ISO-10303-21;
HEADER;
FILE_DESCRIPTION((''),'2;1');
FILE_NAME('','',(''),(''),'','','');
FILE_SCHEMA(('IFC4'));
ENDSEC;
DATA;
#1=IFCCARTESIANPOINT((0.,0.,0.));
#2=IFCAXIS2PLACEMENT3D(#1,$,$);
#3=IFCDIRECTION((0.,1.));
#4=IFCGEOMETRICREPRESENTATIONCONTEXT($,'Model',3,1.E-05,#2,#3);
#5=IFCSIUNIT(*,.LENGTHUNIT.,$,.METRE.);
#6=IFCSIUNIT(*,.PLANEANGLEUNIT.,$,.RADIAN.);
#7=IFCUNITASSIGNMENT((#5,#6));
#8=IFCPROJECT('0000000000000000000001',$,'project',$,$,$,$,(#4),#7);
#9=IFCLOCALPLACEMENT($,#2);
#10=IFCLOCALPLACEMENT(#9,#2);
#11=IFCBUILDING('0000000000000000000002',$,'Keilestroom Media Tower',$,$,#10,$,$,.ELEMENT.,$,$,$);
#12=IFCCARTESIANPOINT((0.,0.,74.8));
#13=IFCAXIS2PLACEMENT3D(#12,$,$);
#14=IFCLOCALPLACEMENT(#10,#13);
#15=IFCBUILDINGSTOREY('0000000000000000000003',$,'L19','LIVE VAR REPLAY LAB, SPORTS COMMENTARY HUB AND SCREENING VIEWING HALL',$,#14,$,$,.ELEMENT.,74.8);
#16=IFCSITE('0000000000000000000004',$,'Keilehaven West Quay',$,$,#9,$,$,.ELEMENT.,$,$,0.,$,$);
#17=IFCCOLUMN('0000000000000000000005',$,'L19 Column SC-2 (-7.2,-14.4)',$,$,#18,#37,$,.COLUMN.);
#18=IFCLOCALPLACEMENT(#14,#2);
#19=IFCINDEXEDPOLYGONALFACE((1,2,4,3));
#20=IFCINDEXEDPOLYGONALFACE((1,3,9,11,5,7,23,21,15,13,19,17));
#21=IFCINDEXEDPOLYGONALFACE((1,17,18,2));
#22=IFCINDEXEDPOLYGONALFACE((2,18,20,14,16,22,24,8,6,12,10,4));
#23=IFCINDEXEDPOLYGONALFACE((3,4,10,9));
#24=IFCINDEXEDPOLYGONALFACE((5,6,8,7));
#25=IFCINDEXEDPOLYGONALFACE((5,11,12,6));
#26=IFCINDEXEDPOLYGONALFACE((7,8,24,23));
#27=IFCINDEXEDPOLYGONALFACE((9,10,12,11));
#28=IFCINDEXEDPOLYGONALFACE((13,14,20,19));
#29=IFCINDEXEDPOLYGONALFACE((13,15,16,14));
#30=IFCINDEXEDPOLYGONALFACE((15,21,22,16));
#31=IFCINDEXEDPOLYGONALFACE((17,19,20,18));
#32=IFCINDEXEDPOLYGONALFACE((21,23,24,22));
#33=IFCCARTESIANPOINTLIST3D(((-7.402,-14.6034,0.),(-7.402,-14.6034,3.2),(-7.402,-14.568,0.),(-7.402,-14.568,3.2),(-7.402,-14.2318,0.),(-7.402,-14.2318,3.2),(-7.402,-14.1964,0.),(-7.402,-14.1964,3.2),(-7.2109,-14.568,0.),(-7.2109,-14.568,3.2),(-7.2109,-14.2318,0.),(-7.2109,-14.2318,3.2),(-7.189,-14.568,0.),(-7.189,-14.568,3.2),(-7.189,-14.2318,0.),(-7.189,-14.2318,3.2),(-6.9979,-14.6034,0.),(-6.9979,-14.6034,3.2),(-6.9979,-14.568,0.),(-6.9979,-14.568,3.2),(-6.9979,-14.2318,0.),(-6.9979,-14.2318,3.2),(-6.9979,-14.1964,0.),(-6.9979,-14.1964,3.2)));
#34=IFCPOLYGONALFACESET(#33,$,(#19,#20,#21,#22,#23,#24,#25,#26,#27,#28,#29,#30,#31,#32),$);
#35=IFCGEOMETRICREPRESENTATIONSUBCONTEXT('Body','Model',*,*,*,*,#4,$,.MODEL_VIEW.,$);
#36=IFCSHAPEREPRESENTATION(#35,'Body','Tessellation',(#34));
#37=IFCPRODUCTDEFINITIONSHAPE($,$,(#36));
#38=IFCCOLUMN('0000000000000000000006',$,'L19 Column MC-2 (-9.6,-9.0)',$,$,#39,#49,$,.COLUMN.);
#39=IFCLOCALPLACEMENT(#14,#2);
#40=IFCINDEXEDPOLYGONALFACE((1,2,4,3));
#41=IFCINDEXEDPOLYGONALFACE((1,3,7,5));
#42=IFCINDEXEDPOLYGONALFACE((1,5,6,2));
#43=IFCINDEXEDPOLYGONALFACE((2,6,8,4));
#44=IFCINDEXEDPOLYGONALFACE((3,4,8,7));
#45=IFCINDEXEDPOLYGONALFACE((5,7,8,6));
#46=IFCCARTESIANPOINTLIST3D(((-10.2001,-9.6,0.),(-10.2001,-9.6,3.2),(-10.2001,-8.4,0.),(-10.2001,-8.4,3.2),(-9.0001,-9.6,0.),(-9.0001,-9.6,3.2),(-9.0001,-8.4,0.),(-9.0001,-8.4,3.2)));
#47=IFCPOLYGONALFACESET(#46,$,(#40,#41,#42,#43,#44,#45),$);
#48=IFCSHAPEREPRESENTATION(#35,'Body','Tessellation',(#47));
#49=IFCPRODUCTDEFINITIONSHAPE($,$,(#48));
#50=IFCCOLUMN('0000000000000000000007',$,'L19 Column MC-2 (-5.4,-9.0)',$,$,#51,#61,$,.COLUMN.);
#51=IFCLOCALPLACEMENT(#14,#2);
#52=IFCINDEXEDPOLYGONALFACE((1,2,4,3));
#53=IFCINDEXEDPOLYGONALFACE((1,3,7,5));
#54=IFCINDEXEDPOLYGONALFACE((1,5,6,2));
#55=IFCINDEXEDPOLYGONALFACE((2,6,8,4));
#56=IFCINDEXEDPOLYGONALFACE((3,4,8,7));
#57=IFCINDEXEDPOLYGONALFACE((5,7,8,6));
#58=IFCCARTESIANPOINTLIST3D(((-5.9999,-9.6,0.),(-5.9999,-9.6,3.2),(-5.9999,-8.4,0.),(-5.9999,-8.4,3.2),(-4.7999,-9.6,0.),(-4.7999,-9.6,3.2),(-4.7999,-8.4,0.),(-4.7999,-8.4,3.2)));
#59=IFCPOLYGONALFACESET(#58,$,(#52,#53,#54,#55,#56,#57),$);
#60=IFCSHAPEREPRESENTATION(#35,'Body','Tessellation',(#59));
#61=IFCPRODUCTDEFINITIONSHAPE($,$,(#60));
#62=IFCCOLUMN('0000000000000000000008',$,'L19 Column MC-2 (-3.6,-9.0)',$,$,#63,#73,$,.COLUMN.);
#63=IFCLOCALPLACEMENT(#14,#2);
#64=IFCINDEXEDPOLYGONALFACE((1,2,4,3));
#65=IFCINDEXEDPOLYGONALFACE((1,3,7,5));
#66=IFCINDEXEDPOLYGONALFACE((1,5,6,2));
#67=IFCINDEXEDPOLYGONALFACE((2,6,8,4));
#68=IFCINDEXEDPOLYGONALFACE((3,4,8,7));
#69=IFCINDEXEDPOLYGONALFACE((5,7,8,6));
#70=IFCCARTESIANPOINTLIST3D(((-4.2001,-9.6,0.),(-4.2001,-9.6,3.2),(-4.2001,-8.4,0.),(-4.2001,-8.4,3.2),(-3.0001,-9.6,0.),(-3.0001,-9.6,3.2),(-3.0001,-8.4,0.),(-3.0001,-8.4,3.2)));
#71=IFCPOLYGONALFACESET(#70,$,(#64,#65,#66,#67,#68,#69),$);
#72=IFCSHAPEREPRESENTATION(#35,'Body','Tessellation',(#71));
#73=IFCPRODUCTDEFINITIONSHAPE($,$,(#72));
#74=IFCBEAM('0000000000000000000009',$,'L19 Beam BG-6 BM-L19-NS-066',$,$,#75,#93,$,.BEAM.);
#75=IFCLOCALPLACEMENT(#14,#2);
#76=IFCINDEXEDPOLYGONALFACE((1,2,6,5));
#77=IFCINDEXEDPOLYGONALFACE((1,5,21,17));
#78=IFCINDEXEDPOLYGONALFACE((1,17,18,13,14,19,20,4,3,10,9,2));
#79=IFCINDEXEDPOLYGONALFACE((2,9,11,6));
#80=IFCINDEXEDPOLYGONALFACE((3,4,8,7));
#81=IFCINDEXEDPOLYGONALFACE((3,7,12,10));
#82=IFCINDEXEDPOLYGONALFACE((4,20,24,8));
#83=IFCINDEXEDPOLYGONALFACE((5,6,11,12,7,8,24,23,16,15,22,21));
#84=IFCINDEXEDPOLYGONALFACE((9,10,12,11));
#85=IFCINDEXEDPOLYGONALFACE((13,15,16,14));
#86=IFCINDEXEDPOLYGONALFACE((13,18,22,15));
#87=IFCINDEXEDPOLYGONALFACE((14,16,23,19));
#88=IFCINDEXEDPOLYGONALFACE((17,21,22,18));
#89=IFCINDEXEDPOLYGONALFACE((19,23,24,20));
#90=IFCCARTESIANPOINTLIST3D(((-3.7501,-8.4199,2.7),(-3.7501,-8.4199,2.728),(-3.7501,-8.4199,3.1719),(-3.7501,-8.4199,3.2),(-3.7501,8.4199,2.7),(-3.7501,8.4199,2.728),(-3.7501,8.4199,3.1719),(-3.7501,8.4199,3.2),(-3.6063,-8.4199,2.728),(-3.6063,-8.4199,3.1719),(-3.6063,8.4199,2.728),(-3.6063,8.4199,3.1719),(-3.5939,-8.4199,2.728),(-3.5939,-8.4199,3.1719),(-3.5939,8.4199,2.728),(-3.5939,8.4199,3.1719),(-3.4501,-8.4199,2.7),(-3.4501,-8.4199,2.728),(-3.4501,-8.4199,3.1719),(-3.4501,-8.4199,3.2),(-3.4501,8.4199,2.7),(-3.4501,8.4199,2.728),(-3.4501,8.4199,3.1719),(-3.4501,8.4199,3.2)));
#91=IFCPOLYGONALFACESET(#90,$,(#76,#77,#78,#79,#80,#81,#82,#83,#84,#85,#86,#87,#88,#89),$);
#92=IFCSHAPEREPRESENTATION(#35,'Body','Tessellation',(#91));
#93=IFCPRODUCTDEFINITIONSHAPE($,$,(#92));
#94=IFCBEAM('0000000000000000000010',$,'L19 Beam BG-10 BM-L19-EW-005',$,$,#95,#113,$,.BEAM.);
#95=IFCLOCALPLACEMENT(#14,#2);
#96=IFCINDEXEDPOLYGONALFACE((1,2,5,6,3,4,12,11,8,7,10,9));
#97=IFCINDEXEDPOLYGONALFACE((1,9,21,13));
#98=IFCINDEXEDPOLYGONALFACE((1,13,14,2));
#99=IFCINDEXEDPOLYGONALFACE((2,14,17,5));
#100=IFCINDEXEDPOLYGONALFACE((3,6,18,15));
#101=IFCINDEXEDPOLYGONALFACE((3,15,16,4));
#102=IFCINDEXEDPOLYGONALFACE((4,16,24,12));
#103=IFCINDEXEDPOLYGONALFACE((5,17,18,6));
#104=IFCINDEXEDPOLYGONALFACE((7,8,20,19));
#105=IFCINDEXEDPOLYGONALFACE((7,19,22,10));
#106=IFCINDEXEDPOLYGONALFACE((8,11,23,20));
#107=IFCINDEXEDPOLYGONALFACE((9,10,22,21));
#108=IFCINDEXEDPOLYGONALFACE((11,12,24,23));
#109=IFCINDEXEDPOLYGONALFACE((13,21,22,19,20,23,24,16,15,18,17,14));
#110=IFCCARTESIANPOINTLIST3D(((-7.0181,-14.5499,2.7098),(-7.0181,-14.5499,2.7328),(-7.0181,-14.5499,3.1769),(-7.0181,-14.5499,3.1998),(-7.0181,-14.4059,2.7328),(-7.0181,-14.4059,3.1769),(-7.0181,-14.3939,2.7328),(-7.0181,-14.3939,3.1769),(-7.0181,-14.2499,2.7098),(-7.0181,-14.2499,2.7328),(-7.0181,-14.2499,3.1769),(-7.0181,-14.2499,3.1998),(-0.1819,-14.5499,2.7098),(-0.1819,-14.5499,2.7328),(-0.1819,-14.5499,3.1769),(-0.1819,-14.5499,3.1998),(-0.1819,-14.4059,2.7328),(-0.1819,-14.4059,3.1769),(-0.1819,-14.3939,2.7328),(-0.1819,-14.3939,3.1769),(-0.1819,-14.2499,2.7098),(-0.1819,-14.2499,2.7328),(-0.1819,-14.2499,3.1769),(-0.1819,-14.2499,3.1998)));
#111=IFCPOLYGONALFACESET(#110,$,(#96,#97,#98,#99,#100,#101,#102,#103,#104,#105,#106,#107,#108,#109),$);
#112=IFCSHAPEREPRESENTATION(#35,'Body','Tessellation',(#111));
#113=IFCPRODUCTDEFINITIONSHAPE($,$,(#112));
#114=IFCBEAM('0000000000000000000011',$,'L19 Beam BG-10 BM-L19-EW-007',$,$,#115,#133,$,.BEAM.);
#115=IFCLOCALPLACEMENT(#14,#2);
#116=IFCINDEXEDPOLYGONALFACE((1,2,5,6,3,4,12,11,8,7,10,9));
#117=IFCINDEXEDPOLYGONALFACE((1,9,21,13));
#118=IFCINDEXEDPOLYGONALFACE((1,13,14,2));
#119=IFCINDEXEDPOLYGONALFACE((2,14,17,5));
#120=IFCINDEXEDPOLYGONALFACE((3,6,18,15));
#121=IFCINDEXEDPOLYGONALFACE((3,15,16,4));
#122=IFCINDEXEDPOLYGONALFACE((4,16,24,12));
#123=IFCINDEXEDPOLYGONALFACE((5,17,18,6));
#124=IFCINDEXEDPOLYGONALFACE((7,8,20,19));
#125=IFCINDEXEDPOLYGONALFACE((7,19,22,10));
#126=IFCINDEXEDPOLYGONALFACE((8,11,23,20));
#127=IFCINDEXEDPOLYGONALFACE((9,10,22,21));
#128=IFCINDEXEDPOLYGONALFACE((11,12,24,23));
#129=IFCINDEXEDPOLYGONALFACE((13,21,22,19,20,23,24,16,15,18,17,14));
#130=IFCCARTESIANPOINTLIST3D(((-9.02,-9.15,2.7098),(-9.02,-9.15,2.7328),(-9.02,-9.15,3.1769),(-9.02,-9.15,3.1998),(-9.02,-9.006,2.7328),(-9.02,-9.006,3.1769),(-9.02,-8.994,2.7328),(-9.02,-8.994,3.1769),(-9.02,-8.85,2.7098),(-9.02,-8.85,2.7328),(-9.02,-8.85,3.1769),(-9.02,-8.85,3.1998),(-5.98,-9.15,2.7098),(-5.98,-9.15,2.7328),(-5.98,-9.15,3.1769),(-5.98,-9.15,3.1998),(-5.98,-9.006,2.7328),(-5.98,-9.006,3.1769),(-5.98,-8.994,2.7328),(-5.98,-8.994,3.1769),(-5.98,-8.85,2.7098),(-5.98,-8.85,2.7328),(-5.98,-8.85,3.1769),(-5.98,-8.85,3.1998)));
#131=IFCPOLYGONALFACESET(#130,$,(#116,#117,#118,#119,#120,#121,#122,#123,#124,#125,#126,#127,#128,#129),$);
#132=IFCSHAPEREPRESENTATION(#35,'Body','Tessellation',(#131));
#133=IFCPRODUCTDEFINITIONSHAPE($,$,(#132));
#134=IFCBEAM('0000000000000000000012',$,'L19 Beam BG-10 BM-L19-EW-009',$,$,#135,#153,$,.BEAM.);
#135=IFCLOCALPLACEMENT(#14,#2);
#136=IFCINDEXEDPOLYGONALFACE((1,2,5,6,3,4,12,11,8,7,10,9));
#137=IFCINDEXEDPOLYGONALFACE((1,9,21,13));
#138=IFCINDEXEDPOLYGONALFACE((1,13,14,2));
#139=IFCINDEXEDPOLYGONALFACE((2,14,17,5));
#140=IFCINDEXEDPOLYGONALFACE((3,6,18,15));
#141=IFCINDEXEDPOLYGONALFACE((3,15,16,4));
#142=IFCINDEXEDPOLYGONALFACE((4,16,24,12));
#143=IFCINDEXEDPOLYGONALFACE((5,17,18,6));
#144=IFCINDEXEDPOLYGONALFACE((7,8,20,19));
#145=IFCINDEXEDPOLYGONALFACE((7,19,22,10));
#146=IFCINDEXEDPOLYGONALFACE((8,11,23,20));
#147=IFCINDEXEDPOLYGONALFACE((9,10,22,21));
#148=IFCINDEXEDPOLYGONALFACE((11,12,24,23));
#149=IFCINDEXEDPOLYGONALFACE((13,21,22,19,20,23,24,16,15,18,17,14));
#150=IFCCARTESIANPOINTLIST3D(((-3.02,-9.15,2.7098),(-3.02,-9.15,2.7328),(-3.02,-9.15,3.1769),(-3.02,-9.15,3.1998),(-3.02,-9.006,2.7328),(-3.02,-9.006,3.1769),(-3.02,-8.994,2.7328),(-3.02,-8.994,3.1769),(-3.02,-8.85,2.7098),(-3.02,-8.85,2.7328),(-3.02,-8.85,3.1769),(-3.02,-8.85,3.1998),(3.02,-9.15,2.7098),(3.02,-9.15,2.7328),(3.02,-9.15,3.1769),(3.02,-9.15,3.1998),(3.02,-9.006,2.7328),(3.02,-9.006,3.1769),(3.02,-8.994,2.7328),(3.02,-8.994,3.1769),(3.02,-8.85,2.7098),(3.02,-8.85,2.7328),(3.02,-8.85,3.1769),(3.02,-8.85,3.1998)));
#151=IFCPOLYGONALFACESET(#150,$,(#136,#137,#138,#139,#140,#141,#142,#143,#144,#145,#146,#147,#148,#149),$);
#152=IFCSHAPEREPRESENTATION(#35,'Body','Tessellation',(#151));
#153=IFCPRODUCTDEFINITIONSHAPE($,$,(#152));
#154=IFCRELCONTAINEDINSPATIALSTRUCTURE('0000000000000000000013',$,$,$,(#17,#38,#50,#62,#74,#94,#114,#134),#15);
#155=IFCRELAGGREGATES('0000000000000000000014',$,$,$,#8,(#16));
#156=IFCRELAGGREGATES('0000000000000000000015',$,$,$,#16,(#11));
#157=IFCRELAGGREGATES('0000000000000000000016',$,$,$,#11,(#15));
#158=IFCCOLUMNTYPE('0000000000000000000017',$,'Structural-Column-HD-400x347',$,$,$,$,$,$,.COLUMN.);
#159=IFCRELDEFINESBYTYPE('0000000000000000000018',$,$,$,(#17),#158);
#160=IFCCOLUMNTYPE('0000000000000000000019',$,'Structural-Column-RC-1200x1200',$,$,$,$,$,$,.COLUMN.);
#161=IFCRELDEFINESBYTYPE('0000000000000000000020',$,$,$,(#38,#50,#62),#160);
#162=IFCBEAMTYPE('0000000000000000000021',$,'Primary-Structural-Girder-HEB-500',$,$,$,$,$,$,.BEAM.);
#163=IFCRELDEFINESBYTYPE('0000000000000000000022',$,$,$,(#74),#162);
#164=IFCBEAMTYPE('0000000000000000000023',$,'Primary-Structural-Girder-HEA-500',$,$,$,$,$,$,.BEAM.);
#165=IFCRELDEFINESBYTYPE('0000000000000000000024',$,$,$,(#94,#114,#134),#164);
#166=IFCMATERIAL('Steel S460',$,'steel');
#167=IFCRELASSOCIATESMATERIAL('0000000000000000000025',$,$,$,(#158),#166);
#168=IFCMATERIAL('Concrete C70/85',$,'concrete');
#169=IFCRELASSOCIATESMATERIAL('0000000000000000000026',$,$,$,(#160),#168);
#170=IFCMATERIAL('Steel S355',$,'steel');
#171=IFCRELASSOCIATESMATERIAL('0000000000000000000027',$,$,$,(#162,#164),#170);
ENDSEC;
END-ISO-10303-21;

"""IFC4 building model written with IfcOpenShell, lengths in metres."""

from ifc_helpers import new_model, si_unit, direction, frame, origin, origin_2d, place, context, subcontext, project, spatial, rectangle, i_section, extrude, source, transform, mapped, material, material_profile, profile_set, type_object, element, save


model = new_model("IFC4")

# Units and contexts
model_context = context("Model", 3, precision=1e-05, world=origin(), true_north=direction((0.0, 1.0)))
body_context = subcontext(model_context, "Body", "Model", "MODEL_VIEW")
ifc_project = project(units=[si_unit("LENGTHUNIT", "METRE"), si_unit("PLANEANGLEUNIT", "RADIAN")], contexts=[model_context])

# Site, building, storey
site_placement = place(None, origin())
site = spatial("IfcSite", under=ifc_project, at=site_placement, Name="Keilehaven West Quay", CompositionType="ELEMENT", RefElevation=0.0)
building_placement = place(site_placement, origin())
building = spatial("IfcBuilding", under=site, at=building_placement, Name="Keilestroom Media Tower", CompositionType="ELEMENT")
storey_placement = place(building_placement, frame((0.0, 0.0, 74.8)))
storey = spatial("IfcBuildingStorey", under=building, at=storey_placement, Name="L19", Description="LIVE VAR REPLAY LAB, SPORTS COMMENTARY HUB AND SCREENING VIEWING HALL", CompositionType="ELEMENT", Elevation=74.8)

# Columns
ifc_material_1 = material(Name="Steel S460", Category="steel")
ifc_material_profile_1 = material_profile(ifc_material_1, i_section(OverallWidth=0.4041, OverallDepth=0.407, WebThickness=0.022, FlangeThickness=0.0354, at=origin_2d()), Name="HD 400x347")
ifc_profile_set_1 = profile_set([ifc_material_profile_1], Name="Steel S460")
column_type_1 = type_object("IfcColumnType", Name="Structural-Column-HD-400x347", PredefinedType="COLUMN", material=ifc_profile_set_1)
shared_shape_1 = source(origin(), body_context, "Body", "SweptSolid", [
    extrude(i_section(OverallWidth=0.4041, OverallDepth=0.407, WebThickness=0.022, FlangeThickness=0.0354, at=origin_2d()), origin(), (0.0, 0.0, 1.0), 3.2),
])
column_placement = place(storey_placement, frame((-7.2, -14.3999, 0.0), z_axis=(0.0, 0.0, 1.0), x_axis=(1.0, 0.0, 0.0)))
element("IfcColumn", 1, at=column_placement, inside=storey, type_object=column_type_1, Name="L19 Column SC-2 (-7.2,-14.4)", PredefinedType="COLUMN", context=body_context, shape_type="MappedRepresentation", body=[
    mapped(shared_shape_1, transform((0.0, 0.0, 0.0), x_axis=(1.0, 0.0, 0.0), y_axis=(0.0, 1.0, 0.0), z_axis=(0.0, 0.0, 1.0), scale=1.0)),
])
ifc_material_2 = material(Name="Concrete C70/85", Category="concrete")
ifc_material_profile_2 = material_profile(ifc_material_2, rectangle(XDim=1.2, YDim=1.2, at=origin_2d()), Name="RC 1200x1200")
ifc_profile_set_2 = profile_set([ifc_material_profile_2], Name="Concrete C70/85")
column_type_2 = type_object("IfcColumnType", Name="Structural-Column-RC-1200x1200", PredefinedType="COLUMN", material=ifc_profile_set_2)
shared_shape_2 = source(origin(), body_context, "Body", "SweptSolid", [
    extrude(rectangle(XDim=1.2, YDim=1.2, at=origin_2d()), origin(), (0.0, 0.0, 1.0), 3.2),
])
for number, where, z_axis, x_axis, name in (
    (2, (-9.6001, -9.0, 0.0), (0.0, 0.0, 1.0), (1.0, 0.0, 0.0), "L19 Column MC-2 (-9.6,-9.0)"),
    (3, (-5.3999, -9.0, 0.0), (0.0, 0.0, 1.0), (1.0, 0.0, 0.0), "L19 Column MC-2 (-5.4,-9.0)"),
    (4, (-3.6001, -9.0, 0.0), (0.0, 0.0, 1.0), (1.0, 0.0, 0.0), "L19 Column MC-2 (-3.6,-9.0)"),
):
    element("IfcColumn", number, at=place(storey_placement, frame(where, z_axis=z_axis, x_axis=x_axis)), inside=storey, type_object=column_type_2, Name=name, PredefinedType="COLUMN", context=body_context, shape_type="MappedRepresentation", body=[
        mapped(shared_shape_2, transform((0.0, 0.0, 0.0), x_axis=(1.0, 0.0, 0.0), y_axis=(0.0, 1.0, 0.0), z_axis=(0.0, 0.0, 1.0), scale=1.0)),
    ])

# Beams
ifc_material_3 = material(Name="Steel S355", Category="steel")
ifc_material_profile_3 = material_profile(ifc_material_3, i_section(OverallWidth=0.3, OverallDepth=0.5, WebThickness=0.0125, FlangeThickness=0.0281, at=origin_2d()), Name="HEB 500")
ifc_profile_set_3 = profile_set([ifc_material_profile_3], Name="Steel S355")
beam_type_1 = type_object("IfcBeamType", Name="Primary-Structural-Girder-HEB-500", PredefinedType="BEAM", material=ifc_profile_set_3)
shared_shape_3 = source(origin(), body_context, "Body", "SweptSolid", [
    extrude(i_section(OverallWidth=0.3, OverallDepth=0.5, WebThickness=0.0125, FlangeThickness=0.0281, at=origin_2d()), origin(), (0.0, 0.0, 1.0), 16.8398),
])
beam_1_placement = place(storey_placement, frame((-3.6001, -8.4199, 2.95), z_axis=(0.0, 1.0, 0.0), x_axis=(-1.0, 0.0, 0.0)))
element("IfcBeam", 5, at=beam_1_placement, inside=storey, type_object=beam_type_1, Name="L19 Beam BG-6 BM-L19-NS-066", PredefinedType="BEAM", context=body_context, shape_type="MappedRepresentation", body=[
    mapped(shared_shape_3, transform((0.0, 0.0, 0.0), x_axis=(1.0, 0.0, 0.0), y_axis=(0.0, 1.0, 0.0), z_axis=(0.0, 0.0, 1.0), scale=1.0)),
])
ifc_material_profile_4 = material_profile(ifc_material_3, i_section(OverallWidth=0.3, OverallDepth=0.49, WebThickness=0.012, FlangeThickness=0.0229, at=origin_2d()), Name="HEA 500")
ifc_profile_set_4 = profile_set([ifc_material_profile_4], Name="Steel S355")
beam_type_2 = type_object("IfcBeamType", Name="Primary-Structural-Girder-HEA-500", PredefinedType="BEAM", material=ifc_profile_set_4)
shared_shape_4 = source(origin(), body_context, "Body", "SweptSolid", [
    extrude(i_section(OverallWidth=0.3, OverallDepth=0.49, WebThickness=0.012, FlangeThickness=0.0229, at=origin_2d()), origin(), (0.0, 0.0, 1.0), 6.8362),
])
beam_2_placement = place(storey_placement, frame((-7.0181, -14.3999, 2.9548), z_axis=(1.0, 0.0, 0.0), x_axis=(0.0, 1.0, 0.0)))
element("IfcBeam", 6, at=beam_2_placement, inside=storey, type_object=beam_type_2, Name="L19 Beam BG-10 BM-L19-EW-005", PredefinedType="BEAM", context=body_context, shape_type="MappedRepresentation", body=[
    mapped(shared_shape_4, transform((0.0, 0.0, 0.0), x_axis=(1.0, 0.0, 0.0), y_axis=(0.0, 1.0, 0.0), z_axis=(0.0, 0.0, 1.0), scale=1.0)),
])
shared_shape_5 = source(origin(), body_context, "Body", "SweptSolid", [
    extrude(i_section(OverallWidth=0.3, OverallDepth=0.49, WebThickness=0.012, FlangeThickness=0.0229, at=origin_2d()), origin(), (0.0, 0.0, 1.0), 3.04),
])
beam_3_placement = place(storey_placement, frame((-9.02, -9.0, 2.9548), z_axis=(1.0, 0.0, 0.0), x_axis=(0.0, 1.0, 0.0)))
element("IfcBeam", 7, at=beam_3_placement, inside=storey, type_object=beam_type_2, Name="L19 Beam BG-10 BM-L19-EW-007", PredefinedType="BEAM", context=body_context, shape_type="MappedRepresentation", body=[
    mapped(shared_shape_5, transform((0.0, 0.0, 0.0), x_axis=(1.0, 0.0, 0.0), y_axis=(0.0, 1.0, 0.0), z_axis=(0.0, 0.0, 1.0), scale=1.0)),
])
shared_shape_6 = source(origin(), body_context, "Body", "SweptSolid", [
    extrude(i_section(OverallWidth=0.3, OverallDepth=0.49, WebThickness=0.012, FlangeThickness=0.0229, at=origin_2d()), origin(), (0.0, 0.0, 1.0), 6.04),
])
beam_4_placement = place(storey_placement, frame((-3.02, -9.0, 2.9548), z_axis=(1.0, 0.0, 0.0), x_axis=(0.0, 1.0, 0.0)))
element("IfcBeam", 8, at=beam_4_placement, inside=storey, type_object=beam_type_2, Name="L19 Beam BG-10 BM-L19-EW-009", PredefinedType="BEAM", context=body_context, shape_type="MappedRepresentation", body=[
    mapped(shared_shape_6, transform((0.0, 0.0, 0.0), x_axis=(1.0, 0.0, 0.0), y_axis=(0.0, 1.0, 0.0), z_axis=(0.0, 0.0, 1.0), scale=1.0)),
])

save(model, "model.ifc")
